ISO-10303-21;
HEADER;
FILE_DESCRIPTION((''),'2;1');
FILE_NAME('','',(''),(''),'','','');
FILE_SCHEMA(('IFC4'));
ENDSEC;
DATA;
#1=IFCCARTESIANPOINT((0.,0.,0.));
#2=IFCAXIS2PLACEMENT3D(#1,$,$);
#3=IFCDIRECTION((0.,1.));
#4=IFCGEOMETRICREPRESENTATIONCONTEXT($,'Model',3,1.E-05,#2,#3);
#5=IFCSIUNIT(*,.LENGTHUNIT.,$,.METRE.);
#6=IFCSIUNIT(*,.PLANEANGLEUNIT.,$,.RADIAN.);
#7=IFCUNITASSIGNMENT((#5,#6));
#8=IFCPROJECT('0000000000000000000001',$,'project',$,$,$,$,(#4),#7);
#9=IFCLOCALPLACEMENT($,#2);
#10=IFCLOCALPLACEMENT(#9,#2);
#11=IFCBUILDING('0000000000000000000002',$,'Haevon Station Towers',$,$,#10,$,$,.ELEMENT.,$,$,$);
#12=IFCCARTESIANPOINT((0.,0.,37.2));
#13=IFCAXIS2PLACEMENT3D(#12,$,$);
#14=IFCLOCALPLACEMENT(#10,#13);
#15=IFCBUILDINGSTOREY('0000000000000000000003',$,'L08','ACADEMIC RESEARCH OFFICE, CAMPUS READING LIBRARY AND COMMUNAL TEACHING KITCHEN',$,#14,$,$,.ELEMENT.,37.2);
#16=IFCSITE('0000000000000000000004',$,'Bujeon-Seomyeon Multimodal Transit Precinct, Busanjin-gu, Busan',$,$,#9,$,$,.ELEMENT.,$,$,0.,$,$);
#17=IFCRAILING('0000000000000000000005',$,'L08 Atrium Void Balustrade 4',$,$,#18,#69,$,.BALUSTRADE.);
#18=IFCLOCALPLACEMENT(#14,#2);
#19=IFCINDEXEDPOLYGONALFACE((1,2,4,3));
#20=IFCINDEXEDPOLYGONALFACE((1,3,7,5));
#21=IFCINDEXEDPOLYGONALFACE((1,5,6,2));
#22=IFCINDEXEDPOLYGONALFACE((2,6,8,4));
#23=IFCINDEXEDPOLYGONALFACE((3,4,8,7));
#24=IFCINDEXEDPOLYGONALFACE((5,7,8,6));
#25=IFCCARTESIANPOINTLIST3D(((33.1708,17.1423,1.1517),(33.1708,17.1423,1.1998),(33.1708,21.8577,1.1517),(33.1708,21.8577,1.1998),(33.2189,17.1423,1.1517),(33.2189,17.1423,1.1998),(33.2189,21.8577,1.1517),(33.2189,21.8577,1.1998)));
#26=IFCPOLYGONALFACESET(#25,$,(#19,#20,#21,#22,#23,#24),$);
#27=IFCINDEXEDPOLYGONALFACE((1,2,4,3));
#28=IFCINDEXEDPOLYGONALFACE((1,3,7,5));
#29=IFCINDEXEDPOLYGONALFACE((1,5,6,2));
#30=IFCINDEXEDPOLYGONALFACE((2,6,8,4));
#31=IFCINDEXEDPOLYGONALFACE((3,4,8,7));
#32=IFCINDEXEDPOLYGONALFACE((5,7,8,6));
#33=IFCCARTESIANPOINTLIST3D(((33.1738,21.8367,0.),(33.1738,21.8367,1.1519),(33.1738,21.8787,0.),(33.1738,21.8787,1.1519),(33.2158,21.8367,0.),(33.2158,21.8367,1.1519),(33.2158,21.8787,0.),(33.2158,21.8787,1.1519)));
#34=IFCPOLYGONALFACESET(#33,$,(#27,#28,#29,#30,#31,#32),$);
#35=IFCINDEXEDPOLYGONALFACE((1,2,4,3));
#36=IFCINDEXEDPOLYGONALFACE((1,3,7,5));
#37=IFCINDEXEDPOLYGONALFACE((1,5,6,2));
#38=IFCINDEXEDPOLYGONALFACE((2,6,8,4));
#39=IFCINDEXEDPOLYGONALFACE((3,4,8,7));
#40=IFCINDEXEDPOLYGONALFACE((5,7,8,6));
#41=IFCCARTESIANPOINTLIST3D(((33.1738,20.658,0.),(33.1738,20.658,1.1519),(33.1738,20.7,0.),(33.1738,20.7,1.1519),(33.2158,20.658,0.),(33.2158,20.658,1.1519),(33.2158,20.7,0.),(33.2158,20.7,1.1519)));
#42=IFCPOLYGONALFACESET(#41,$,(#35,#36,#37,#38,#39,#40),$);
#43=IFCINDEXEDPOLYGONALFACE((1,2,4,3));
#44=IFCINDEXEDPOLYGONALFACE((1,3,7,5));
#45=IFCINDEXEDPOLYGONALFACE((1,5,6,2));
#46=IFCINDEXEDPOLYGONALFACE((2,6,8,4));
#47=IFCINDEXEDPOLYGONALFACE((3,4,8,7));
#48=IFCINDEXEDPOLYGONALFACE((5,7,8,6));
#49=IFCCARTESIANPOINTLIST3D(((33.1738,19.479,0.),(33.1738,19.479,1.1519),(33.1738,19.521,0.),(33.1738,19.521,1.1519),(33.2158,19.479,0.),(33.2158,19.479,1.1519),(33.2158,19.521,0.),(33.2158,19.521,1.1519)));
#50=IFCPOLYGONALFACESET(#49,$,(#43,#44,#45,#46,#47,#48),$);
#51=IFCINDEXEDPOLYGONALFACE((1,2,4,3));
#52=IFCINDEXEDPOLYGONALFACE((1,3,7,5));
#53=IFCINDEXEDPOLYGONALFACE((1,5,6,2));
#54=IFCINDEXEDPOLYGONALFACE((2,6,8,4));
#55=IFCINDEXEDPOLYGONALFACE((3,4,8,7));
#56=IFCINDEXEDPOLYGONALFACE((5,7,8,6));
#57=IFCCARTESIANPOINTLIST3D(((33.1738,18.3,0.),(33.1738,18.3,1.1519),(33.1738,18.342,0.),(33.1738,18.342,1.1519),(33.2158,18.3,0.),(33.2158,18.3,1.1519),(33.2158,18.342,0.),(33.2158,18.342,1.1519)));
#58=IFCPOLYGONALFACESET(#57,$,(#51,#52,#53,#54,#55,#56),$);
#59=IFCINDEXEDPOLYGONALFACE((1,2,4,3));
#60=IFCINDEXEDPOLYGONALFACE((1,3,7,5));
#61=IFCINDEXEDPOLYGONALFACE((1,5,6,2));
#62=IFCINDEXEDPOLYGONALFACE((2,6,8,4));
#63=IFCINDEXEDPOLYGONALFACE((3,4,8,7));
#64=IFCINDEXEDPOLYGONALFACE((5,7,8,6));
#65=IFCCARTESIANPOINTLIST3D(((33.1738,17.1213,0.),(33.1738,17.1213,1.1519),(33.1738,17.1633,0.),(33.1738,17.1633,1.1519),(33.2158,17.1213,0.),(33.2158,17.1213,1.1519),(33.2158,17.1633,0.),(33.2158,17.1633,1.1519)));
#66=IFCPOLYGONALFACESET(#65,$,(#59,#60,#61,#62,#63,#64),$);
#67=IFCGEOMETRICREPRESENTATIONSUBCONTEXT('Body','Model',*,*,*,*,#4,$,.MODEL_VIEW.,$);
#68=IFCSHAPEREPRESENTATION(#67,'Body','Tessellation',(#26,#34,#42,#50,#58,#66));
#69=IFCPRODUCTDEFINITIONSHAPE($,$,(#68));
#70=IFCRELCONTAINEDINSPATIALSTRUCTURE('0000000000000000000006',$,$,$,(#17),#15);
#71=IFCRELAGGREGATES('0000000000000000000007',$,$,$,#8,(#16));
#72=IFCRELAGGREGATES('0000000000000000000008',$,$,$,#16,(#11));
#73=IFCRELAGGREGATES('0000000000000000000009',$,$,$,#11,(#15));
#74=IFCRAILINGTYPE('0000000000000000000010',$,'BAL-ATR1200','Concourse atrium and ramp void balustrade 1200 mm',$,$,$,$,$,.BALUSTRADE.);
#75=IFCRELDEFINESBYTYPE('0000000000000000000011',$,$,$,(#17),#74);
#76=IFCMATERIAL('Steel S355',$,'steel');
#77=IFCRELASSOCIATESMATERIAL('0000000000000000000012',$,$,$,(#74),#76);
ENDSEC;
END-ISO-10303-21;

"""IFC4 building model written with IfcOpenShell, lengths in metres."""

from ifc_helpers import new_model, si_unit, direction, frame, origin, origin_2d, place, context, subcontext, project, spatial, rectangle, extrude, material, type_object, element, save


model = new_model("IFC4")

# Units and contexts
model_context = context("Model", 3, precision=1e-05, world=origin(), true_north=direction((0.0, 1.0)))
body_context = subcontext(model_context, "Body", "Model", "MODEL_VIEW")
ifc_project = project(units=[si_unit("LENGTHUNIT", "METRE"), si_unit("PLANEANGLEUNIT", "RADIAN")], contexts=[model_context])

# Site, building, storey
site_placement = place(None, origin())
site = spatial("IfcSite", under=ifc_project, at=site_placement, Name="Bujeon-Seomyeon Multimodal Transit Precinct, Busanjin-gu, Busan", CompositionType="ELEMENT", RefElevation=0.0)
building_placement = place(site_placement, origin())
building = spatial("IfcBuilding", under=site, at=building_placement, Name="Haevon Station Towers", CompositionType="ELEMENT")
storey_placement = place(building_placement, frame((0.0, 0.0, 37.2)))
storey = spatial("IfcBuildingStorey", under=building, at=storey_placement, Name="L08", Description="ACADEMIC RESEARCH OFFICE, CAMPUS READING LIBRARY AND COMMUNAL TEACHING KITCHEN", CompositionType="ELEMENT", Elevation=37.2)

# Shared definitions
ifc_material_1 = material(Name="Steel S355", Category="steel")

# Railing
railing_type = type_object("IfcRailingType", Name="BAL-ATR1200", Description="Concourse atrium and ramp void balustrade 1200 mm", PredefinedType="BALUSTRADE", material=ifc_material_1)
railing_1_placement = place(storey_placement, frame((33.1948, 21.8577, 0.0)))
element("IfcRailing", 1, at=railing_1_placement, inside=storey, type_object=railing_type, Name="L08 Atrium Void Balustrade 4", PredefinedType="BALUSTRADE", context=body_context, shape_type="SweptSolid", body=[
    extrude(rectangle(XDim=0.0481, YDim=0.0481, at=origin_2d()), frame((0.0, 0.0, 1.1758), z_axis=(0.0, -1.0, 0.0), x_axis=(1.0, 0.0, 0.0)), (0.0, 0.0, 1.0), 4.7153),
    extrude(rectangle(XDim=0.042, YDim=0.042, at=origin_2d()), origin(), (0.0, 0.0, 1.0), 1.1519),
    extrude(rectangle(XDim=0.042, YDim=0.042, at=origin_2d()), frame((0.0, -1.1787, 0.0)), (0.0, 0.0, 1.0), 1.1519),
    extrude(rectangle(XDim=0.042, YDim=0.042, at=origin_2d()), frame((0.0, -2.3577, 0.0)), (0.0, 0.0, 1.0), 1.1519),
    extrude(rectangle(XDim=0.042, YDim=0.042, at=origin_2d()), frame((0.0, -3.5366, 0.0)), (0.0, 0.0, 1.0), 1.1519),
    extrude(rectangle(XDim=0.042, YDim=0.042, at=origin_2d()), frame((0.0, -4.7153, 0.0)), (0.0, 0.0, 1.0), 1.1519),
])

save(model, "model.ifc")
